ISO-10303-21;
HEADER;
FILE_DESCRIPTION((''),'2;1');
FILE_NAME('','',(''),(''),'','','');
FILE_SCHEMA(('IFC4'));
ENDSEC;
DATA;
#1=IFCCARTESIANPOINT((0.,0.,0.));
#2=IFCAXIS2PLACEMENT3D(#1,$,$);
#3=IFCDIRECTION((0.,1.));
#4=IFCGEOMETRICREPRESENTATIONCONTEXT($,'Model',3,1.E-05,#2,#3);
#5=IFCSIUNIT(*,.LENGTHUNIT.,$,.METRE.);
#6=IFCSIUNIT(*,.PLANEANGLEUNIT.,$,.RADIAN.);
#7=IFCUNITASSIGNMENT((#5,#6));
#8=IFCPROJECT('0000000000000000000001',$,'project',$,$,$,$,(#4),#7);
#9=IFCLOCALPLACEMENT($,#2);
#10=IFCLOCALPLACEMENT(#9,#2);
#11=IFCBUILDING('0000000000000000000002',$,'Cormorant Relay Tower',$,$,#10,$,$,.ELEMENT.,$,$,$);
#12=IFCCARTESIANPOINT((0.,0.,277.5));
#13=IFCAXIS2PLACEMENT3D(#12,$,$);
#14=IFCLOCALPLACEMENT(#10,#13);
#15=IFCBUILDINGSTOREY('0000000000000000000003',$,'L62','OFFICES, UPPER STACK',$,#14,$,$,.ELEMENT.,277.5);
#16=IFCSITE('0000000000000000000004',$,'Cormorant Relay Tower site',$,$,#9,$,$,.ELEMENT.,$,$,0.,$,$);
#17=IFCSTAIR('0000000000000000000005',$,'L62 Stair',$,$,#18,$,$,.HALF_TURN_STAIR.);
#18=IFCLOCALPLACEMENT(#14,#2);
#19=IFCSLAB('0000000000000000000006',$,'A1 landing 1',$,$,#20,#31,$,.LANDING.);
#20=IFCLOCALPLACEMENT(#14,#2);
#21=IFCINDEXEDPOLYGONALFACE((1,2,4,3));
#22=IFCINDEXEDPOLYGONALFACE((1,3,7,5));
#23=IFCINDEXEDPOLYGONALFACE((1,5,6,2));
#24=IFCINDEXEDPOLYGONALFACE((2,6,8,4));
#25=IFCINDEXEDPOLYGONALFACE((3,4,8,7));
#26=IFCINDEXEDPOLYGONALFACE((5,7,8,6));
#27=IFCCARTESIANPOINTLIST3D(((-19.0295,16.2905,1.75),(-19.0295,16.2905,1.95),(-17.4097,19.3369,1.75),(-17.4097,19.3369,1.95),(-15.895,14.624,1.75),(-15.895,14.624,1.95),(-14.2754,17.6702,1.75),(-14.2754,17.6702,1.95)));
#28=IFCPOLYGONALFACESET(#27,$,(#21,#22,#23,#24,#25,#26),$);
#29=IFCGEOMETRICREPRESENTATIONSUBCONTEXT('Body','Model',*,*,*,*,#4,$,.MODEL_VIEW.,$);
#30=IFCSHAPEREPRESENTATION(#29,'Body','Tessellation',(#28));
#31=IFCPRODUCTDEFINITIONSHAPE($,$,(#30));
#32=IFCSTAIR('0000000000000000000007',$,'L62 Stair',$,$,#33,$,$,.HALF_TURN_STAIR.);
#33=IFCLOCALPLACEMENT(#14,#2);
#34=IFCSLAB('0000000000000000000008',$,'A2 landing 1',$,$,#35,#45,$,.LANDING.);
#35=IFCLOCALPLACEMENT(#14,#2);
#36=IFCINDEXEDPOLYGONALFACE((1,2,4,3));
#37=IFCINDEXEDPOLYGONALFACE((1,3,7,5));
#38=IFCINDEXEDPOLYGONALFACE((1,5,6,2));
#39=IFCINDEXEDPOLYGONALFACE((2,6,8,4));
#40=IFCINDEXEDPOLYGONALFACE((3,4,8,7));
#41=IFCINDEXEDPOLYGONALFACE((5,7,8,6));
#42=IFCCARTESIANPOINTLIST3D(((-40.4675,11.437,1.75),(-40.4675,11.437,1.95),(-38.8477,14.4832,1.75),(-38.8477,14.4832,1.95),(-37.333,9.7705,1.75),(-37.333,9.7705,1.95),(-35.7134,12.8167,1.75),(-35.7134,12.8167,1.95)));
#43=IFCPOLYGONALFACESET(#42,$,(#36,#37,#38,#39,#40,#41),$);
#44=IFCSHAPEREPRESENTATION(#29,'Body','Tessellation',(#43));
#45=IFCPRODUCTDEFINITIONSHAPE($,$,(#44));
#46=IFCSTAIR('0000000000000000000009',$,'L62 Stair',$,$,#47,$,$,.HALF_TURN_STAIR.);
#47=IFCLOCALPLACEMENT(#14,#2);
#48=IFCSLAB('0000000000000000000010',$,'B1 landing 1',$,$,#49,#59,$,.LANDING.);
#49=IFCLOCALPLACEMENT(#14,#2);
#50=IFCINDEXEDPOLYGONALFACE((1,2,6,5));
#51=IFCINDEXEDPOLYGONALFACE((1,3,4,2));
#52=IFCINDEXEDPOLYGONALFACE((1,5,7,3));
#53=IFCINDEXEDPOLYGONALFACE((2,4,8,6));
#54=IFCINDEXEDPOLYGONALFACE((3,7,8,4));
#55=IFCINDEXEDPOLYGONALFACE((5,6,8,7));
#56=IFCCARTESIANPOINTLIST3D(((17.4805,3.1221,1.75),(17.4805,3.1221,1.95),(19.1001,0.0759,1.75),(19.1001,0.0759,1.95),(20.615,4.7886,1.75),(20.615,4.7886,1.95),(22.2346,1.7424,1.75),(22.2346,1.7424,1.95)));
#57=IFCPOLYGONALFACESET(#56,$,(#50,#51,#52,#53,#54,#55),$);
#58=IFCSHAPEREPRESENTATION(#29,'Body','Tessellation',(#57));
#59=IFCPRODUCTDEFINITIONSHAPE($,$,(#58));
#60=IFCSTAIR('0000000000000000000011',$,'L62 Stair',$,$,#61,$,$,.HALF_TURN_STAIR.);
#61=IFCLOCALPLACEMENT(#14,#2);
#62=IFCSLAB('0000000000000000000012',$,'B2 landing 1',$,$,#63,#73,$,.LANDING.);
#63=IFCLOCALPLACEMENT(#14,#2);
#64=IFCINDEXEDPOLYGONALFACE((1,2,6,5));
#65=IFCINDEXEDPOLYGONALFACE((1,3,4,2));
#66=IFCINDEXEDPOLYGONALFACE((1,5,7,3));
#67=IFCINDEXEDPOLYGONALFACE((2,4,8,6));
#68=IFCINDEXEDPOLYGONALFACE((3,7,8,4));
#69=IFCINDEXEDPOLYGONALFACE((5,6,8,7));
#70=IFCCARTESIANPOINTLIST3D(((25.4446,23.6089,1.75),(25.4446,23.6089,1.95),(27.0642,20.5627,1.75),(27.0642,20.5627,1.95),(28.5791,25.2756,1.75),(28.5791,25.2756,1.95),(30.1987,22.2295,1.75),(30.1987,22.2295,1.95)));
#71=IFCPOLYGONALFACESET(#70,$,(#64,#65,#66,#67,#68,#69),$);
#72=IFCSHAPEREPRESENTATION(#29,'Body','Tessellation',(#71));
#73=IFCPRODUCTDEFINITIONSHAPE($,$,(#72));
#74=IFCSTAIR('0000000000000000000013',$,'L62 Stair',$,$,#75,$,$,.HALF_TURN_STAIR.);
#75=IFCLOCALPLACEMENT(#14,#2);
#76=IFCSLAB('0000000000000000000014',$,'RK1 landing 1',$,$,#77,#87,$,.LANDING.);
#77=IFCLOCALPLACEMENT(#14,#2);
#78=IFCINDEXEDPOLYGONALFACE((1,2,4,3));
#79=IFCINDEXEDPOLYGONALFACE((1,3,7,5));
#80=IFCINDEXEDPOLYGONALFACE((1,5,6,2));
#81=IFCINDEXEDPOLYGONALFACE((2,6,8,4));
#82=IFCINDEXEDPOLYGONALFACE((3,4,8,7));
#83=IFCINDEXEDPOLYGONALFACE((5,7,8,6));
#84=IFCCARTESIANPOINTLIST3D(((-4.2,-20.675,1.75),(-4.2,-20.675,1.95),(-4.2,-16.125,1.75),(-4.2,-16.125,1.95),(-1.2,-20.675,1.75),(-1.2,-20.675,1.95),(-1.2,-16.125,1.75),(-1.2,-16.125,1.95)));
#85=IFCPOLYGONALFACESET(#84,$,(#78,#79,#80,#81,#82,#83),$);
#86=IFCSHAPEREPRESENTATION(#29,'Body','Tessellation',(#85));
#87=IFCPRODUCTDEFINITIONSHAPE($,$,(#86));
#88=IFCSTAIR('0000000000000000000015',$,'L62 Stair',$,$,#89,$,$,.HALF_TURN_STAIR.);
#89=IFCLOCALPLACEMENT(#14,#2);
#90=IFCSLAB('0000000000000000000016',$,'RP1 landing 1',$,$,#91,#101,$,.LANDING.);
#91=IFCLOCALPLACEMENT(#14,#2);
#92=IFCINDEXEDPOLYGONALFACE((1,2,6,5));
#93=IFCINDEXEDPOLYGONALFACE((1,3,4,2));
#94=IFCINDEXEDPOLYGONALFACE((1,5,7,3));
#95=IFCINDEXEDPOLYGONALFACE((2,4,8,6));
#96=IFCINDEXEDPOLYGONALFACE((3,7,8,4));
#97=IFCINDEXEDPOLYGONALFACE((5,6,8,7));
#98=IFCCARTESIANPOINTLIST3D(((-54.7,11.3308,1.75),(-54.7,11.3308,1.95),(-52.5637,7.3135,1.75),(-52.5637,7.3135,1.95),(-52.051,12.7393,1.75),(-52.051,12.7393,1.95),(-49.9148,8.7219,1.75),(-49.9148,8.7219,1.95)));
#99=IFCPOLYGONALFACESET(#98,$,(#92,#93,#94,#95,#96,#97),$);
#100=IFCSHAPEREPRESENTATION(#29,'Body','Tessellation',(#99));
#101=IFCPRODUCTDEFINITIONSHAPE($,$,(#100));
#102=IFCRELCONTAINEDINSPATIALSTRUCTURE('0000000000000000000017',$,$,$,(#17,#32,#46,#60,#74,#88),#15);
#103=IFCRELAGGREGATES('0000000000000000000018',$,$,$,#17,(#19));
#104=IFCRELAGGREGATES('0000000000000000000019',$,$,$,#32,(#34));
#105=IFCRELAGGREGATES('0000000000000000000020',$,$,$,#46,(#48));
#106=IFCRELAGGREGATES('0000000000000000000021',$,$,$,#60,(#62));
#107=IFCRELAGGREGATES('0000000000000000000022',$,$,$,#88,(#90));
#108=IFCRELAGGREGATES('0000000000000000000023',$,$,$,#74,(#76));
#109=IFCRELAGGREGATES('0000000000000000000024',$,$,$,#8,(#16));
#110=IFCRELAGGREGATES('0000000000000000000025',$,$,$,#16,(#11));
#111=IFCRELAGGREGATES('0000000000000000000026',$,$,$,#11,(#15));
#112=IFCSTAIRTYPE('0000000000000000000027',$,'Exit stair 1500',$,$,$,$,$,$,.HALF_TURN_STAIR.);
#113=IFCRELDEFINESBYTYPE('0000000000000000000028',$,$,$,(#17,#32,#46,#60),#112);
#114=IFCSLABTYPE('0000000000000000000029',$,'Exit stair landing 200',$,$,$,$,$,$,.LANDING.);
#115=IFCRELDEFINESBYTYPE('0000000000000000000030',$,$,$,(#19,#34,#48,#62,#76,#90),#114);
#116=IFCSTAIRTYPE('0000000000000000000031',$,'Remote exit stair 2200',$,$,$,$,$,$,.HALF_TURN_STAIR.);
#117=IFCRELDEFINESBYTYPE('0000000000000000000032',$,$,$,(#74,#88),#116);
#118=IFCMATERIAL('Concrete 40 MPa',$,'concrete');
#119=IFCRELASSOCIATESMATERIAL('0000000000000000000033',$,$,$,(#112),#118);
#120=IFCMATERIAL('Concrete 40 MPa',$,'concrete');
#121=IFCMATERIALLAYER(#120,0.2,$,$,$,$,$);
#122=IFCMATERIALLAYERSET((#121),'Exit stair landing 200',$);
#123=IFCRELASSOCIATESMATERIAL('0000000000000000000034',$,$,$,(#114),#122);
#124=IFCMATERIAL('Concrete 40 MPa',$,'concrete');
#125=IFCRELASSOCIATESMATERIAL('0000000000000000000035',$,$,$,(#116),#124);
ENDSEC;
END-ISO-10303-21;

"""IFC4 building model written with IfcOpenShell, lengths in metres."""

from ifc_helpers import new_model, si_unit, direction, frame, origin, place, context, subcontext, project, spatial, polyline, outline, extrude, material, layer, layer_set, type_object, element, aggregate, save


model = new_model("IFC4")

# Units and contexts
model_context = context("Model", 3, precision=1e-05, world=origin(), true_north=direction((0.0, 1.0)))
body_context = subcontext(model_context, "Body", "Model", "MODEL_VIEW")
ifc_project = project(units=[si_unit("LENGTHUNIT", "METRE"), si_unit("PLANEANGLEUNIT", "RADIAN")], contexts=[model_context])

# Site, building, storey
site_placement = place(None, origin())
site = spatial("IfcSite", under=ifc_project, at=site_placement, Name="Cormorant Relay Tower site", CompositionType="ELEMENT", RefElevation=0.0)
building_placement = place(site_placement, origin())
building = spatial("IfcBuilding", under=site, at=building_placement, Name="Cormorant Relay Tower", CompositionType="ELEMENT")
storey_placement = place(building_placement, frame((0.0, 0.0, 277.5)))
storey = spatial("IfcBuildingStorey", under=building, at=storey_placement, Name="L62", Description="OFFICES, UPPER STACK", CompositionType="ELEMENT", Elevation=277.5)

# Stairs, slabs
ifc_material_1 = material(Name="Concrete 40 MPa", Category="concrete")
stair_type_1 = type_object("IfcStairType", Name="Exit stair 1500", PredefinedType="HALF_TURN_STAIR", material=ifc_material_1)
stair_1_placement = place(storey_placement, origin())
stair_1 = element("IfcStair", 1, at=stair_1_placement, inside=storey, type_object=stair_type_1, Name="L62 Stair", PredefinedType="HALF_TURN_STAIR")
ifc_material_2 = material(Name="Concrete 40 MPa", Category="concrete")
ifc_layer_1 = layer(ifc_material_2, 0.2)
ifc_layer_set_1 = layer_set([ifc_layer_1], Name="Exit stair landing 200")
slab_type_1 = type_object("IfcSlabType", Name="Exit stair landing 200", PredefinedType="LANDING", material=ifc_layer_set_1)
slab_1_placement = place(storey_placement, frame((0.0, 0.0, 1.75)))
slab_1 = element("IfcSlab", 2, at=slab_1_placement, type_object=slab_type_1, Name="A1 landing 1", PredefinedType="LANDING", context=body_context, shape_type="SweptSolid", body=[
    extrude(outline(polyline([(-19.0295, 16.2905), (-15.895, 14.624), (-14.2754, 17.6702), (-17.4097, 19.3369), (-19.0295, 16.2905)])), origin(), (0.0, 0.0, 1.0), 0.2),
])
aggregate(stair_1, [slab_1])
stair_2_placement = place(storey_placement, origin())
stair_2 = element("IfcStair", 3, at=stair_2_placement, inside=storey, type_object=stair_type_1, Name="L62 Stair", PredefinedType="HALF_TURN_STAIR")
slab_2_placement = place(storey_placement, frame((0.0, 0.0, 1.75)))
slab_2 = element("IfcSlab", 4, at=slab_2_placement, type_object=slab_type_1, Name="A2 landing 1", PredefinedType="LANDING", context=body_context, shape_type="SweptSolid", body=[
    extrude(outline(polyline([(-35.7134, 12.8167), (-38.8477, 14.4832), (-40.4675, 11.437), (-37.333, 9.7705), (-35.7134, 12.8167)])), origin(), (0.0, 0.0, 1.0), 0.2),
])
aggregate(stair_2, [slab_2])
stair_3_placement = place(storey_placement, origin())
stair_3 = element("IfcStair", 5, at=stair_3_placement, inside=storey, type_object=stair_type_1, Name="L62 Stair", PredefinedType="HALF_TURN_STAIR")
slab_3_placement = place(storey_placement, frame((0.0, 0.0, 1.75)))
slab_3 = element("IfcSlab", 6, at=slab_3_placement, type_object=slab_type_1, Name="B1 landing 1", PredefinedType="LANDING", context=body_context, shape_type="SweptSolid", body=[
    extrude(outline(polyline([(20.615, 4.7886), (17.4805, 3.1221), (19.1001, 0.0759), (22.2346, 1.7424), (20.615, 4.7886)])), origin(), (0.0, 0.0, 1.0), 0.2),
])
aggregate(stair_3, [slab_3])
stair_4_placement = place(storey_placement, origin())
stair_4 = element("IfcStair", 7, at=stair_4_placement, inside=storey, type_object=stair_type_1, Name="L62 Stair", PredefinedType="HALF_TURN_STAIR")
slab_4_placement = place(storey_placement, frame((0.0, 0.0, 1.75)))
slab_4 = element("IfcSlab", 8, at=slab_4_placement, type_object=slab_type_1, Name="B2 landing 1", PredefinedType="LANDING", context=body_context, shape_type="SweptSolid", body=[
    extrude(outline(polyline([(27.0642, 20.5627), (30.1987, 22.2295), (28.5791, 25.2756), (25.4446, 23.6089), (27.0642, 20.5627)])), origin(), (0.0, 0.0, 1.0), 0.2),
])
aggregate(stair_4, [slab_4])
ifc_material_3 = material(Name="Concrete 40 MPa", Category="concrete")
stair_type_2 = type_object("IfcStairType", Name="Remote exit stair 2200", PredefinedType="HALF_TURN_STAIR", material=ifc_material_3)
stair_5_placement = place(storey_placement, origin())
stair_5 = element("IfcStair", 9, at=stair_5_placement, inside=storey, type_object=stair_type_2, Name="L62 Stair", PredefinedType="HALF_TURN_STAIR")
slab_5_placement = place(storey_placement, frame((0.0, 0.0, 1.75)))
slab_5 = element("IfcSlab", 10, at=slab_5_placement, type_object=slab_type_1, Name="RK1 landing 1", PredefinedType="LANDING", context=body_context, shape_type="SweptSolid", body=[
    extrude(outline(polyline([(-1.2, -16.125), (-4.2, -16.125), (-4.2, -20.675), (-1.2, -20.675), (-1.2, -16.125)])), origin(), (0.0, 0.0, 1.0), 0.2),
])
stair_6_placement = place(storey_placement, origin())
stair_6 = element("IfcStair", 11, at=stair_6_placement, inside=storey, type_object=stair_type_2, Name="L62 Stair", PredefinedType="HALF_TURN_STAIR")
slab_6_placement = place(storey_placement, frame((0.0, 0.0, 1.75)))
slab_6 = element("IfcSlab", 12, at=slab_6_placement, type_object=slab_type_1, Name="RP1 landing 1", PredefinedType="LANDING", context=body_context, shape_type="SweptSolid", body=[
    extrude(outline(polyline([(-52.051, 12.7393), (-54.7, 11.3308), (-52.5637, 7.3135), (-49.9148, 8.7219), (-52.051, 12.7393)])), origin(), (0.0, 0.0, 1.0), 0.2),
])
aggregate(stair_6, [slab_6])

aggregate(stair_5, [slab_5])

save(model, "model.ifc")
